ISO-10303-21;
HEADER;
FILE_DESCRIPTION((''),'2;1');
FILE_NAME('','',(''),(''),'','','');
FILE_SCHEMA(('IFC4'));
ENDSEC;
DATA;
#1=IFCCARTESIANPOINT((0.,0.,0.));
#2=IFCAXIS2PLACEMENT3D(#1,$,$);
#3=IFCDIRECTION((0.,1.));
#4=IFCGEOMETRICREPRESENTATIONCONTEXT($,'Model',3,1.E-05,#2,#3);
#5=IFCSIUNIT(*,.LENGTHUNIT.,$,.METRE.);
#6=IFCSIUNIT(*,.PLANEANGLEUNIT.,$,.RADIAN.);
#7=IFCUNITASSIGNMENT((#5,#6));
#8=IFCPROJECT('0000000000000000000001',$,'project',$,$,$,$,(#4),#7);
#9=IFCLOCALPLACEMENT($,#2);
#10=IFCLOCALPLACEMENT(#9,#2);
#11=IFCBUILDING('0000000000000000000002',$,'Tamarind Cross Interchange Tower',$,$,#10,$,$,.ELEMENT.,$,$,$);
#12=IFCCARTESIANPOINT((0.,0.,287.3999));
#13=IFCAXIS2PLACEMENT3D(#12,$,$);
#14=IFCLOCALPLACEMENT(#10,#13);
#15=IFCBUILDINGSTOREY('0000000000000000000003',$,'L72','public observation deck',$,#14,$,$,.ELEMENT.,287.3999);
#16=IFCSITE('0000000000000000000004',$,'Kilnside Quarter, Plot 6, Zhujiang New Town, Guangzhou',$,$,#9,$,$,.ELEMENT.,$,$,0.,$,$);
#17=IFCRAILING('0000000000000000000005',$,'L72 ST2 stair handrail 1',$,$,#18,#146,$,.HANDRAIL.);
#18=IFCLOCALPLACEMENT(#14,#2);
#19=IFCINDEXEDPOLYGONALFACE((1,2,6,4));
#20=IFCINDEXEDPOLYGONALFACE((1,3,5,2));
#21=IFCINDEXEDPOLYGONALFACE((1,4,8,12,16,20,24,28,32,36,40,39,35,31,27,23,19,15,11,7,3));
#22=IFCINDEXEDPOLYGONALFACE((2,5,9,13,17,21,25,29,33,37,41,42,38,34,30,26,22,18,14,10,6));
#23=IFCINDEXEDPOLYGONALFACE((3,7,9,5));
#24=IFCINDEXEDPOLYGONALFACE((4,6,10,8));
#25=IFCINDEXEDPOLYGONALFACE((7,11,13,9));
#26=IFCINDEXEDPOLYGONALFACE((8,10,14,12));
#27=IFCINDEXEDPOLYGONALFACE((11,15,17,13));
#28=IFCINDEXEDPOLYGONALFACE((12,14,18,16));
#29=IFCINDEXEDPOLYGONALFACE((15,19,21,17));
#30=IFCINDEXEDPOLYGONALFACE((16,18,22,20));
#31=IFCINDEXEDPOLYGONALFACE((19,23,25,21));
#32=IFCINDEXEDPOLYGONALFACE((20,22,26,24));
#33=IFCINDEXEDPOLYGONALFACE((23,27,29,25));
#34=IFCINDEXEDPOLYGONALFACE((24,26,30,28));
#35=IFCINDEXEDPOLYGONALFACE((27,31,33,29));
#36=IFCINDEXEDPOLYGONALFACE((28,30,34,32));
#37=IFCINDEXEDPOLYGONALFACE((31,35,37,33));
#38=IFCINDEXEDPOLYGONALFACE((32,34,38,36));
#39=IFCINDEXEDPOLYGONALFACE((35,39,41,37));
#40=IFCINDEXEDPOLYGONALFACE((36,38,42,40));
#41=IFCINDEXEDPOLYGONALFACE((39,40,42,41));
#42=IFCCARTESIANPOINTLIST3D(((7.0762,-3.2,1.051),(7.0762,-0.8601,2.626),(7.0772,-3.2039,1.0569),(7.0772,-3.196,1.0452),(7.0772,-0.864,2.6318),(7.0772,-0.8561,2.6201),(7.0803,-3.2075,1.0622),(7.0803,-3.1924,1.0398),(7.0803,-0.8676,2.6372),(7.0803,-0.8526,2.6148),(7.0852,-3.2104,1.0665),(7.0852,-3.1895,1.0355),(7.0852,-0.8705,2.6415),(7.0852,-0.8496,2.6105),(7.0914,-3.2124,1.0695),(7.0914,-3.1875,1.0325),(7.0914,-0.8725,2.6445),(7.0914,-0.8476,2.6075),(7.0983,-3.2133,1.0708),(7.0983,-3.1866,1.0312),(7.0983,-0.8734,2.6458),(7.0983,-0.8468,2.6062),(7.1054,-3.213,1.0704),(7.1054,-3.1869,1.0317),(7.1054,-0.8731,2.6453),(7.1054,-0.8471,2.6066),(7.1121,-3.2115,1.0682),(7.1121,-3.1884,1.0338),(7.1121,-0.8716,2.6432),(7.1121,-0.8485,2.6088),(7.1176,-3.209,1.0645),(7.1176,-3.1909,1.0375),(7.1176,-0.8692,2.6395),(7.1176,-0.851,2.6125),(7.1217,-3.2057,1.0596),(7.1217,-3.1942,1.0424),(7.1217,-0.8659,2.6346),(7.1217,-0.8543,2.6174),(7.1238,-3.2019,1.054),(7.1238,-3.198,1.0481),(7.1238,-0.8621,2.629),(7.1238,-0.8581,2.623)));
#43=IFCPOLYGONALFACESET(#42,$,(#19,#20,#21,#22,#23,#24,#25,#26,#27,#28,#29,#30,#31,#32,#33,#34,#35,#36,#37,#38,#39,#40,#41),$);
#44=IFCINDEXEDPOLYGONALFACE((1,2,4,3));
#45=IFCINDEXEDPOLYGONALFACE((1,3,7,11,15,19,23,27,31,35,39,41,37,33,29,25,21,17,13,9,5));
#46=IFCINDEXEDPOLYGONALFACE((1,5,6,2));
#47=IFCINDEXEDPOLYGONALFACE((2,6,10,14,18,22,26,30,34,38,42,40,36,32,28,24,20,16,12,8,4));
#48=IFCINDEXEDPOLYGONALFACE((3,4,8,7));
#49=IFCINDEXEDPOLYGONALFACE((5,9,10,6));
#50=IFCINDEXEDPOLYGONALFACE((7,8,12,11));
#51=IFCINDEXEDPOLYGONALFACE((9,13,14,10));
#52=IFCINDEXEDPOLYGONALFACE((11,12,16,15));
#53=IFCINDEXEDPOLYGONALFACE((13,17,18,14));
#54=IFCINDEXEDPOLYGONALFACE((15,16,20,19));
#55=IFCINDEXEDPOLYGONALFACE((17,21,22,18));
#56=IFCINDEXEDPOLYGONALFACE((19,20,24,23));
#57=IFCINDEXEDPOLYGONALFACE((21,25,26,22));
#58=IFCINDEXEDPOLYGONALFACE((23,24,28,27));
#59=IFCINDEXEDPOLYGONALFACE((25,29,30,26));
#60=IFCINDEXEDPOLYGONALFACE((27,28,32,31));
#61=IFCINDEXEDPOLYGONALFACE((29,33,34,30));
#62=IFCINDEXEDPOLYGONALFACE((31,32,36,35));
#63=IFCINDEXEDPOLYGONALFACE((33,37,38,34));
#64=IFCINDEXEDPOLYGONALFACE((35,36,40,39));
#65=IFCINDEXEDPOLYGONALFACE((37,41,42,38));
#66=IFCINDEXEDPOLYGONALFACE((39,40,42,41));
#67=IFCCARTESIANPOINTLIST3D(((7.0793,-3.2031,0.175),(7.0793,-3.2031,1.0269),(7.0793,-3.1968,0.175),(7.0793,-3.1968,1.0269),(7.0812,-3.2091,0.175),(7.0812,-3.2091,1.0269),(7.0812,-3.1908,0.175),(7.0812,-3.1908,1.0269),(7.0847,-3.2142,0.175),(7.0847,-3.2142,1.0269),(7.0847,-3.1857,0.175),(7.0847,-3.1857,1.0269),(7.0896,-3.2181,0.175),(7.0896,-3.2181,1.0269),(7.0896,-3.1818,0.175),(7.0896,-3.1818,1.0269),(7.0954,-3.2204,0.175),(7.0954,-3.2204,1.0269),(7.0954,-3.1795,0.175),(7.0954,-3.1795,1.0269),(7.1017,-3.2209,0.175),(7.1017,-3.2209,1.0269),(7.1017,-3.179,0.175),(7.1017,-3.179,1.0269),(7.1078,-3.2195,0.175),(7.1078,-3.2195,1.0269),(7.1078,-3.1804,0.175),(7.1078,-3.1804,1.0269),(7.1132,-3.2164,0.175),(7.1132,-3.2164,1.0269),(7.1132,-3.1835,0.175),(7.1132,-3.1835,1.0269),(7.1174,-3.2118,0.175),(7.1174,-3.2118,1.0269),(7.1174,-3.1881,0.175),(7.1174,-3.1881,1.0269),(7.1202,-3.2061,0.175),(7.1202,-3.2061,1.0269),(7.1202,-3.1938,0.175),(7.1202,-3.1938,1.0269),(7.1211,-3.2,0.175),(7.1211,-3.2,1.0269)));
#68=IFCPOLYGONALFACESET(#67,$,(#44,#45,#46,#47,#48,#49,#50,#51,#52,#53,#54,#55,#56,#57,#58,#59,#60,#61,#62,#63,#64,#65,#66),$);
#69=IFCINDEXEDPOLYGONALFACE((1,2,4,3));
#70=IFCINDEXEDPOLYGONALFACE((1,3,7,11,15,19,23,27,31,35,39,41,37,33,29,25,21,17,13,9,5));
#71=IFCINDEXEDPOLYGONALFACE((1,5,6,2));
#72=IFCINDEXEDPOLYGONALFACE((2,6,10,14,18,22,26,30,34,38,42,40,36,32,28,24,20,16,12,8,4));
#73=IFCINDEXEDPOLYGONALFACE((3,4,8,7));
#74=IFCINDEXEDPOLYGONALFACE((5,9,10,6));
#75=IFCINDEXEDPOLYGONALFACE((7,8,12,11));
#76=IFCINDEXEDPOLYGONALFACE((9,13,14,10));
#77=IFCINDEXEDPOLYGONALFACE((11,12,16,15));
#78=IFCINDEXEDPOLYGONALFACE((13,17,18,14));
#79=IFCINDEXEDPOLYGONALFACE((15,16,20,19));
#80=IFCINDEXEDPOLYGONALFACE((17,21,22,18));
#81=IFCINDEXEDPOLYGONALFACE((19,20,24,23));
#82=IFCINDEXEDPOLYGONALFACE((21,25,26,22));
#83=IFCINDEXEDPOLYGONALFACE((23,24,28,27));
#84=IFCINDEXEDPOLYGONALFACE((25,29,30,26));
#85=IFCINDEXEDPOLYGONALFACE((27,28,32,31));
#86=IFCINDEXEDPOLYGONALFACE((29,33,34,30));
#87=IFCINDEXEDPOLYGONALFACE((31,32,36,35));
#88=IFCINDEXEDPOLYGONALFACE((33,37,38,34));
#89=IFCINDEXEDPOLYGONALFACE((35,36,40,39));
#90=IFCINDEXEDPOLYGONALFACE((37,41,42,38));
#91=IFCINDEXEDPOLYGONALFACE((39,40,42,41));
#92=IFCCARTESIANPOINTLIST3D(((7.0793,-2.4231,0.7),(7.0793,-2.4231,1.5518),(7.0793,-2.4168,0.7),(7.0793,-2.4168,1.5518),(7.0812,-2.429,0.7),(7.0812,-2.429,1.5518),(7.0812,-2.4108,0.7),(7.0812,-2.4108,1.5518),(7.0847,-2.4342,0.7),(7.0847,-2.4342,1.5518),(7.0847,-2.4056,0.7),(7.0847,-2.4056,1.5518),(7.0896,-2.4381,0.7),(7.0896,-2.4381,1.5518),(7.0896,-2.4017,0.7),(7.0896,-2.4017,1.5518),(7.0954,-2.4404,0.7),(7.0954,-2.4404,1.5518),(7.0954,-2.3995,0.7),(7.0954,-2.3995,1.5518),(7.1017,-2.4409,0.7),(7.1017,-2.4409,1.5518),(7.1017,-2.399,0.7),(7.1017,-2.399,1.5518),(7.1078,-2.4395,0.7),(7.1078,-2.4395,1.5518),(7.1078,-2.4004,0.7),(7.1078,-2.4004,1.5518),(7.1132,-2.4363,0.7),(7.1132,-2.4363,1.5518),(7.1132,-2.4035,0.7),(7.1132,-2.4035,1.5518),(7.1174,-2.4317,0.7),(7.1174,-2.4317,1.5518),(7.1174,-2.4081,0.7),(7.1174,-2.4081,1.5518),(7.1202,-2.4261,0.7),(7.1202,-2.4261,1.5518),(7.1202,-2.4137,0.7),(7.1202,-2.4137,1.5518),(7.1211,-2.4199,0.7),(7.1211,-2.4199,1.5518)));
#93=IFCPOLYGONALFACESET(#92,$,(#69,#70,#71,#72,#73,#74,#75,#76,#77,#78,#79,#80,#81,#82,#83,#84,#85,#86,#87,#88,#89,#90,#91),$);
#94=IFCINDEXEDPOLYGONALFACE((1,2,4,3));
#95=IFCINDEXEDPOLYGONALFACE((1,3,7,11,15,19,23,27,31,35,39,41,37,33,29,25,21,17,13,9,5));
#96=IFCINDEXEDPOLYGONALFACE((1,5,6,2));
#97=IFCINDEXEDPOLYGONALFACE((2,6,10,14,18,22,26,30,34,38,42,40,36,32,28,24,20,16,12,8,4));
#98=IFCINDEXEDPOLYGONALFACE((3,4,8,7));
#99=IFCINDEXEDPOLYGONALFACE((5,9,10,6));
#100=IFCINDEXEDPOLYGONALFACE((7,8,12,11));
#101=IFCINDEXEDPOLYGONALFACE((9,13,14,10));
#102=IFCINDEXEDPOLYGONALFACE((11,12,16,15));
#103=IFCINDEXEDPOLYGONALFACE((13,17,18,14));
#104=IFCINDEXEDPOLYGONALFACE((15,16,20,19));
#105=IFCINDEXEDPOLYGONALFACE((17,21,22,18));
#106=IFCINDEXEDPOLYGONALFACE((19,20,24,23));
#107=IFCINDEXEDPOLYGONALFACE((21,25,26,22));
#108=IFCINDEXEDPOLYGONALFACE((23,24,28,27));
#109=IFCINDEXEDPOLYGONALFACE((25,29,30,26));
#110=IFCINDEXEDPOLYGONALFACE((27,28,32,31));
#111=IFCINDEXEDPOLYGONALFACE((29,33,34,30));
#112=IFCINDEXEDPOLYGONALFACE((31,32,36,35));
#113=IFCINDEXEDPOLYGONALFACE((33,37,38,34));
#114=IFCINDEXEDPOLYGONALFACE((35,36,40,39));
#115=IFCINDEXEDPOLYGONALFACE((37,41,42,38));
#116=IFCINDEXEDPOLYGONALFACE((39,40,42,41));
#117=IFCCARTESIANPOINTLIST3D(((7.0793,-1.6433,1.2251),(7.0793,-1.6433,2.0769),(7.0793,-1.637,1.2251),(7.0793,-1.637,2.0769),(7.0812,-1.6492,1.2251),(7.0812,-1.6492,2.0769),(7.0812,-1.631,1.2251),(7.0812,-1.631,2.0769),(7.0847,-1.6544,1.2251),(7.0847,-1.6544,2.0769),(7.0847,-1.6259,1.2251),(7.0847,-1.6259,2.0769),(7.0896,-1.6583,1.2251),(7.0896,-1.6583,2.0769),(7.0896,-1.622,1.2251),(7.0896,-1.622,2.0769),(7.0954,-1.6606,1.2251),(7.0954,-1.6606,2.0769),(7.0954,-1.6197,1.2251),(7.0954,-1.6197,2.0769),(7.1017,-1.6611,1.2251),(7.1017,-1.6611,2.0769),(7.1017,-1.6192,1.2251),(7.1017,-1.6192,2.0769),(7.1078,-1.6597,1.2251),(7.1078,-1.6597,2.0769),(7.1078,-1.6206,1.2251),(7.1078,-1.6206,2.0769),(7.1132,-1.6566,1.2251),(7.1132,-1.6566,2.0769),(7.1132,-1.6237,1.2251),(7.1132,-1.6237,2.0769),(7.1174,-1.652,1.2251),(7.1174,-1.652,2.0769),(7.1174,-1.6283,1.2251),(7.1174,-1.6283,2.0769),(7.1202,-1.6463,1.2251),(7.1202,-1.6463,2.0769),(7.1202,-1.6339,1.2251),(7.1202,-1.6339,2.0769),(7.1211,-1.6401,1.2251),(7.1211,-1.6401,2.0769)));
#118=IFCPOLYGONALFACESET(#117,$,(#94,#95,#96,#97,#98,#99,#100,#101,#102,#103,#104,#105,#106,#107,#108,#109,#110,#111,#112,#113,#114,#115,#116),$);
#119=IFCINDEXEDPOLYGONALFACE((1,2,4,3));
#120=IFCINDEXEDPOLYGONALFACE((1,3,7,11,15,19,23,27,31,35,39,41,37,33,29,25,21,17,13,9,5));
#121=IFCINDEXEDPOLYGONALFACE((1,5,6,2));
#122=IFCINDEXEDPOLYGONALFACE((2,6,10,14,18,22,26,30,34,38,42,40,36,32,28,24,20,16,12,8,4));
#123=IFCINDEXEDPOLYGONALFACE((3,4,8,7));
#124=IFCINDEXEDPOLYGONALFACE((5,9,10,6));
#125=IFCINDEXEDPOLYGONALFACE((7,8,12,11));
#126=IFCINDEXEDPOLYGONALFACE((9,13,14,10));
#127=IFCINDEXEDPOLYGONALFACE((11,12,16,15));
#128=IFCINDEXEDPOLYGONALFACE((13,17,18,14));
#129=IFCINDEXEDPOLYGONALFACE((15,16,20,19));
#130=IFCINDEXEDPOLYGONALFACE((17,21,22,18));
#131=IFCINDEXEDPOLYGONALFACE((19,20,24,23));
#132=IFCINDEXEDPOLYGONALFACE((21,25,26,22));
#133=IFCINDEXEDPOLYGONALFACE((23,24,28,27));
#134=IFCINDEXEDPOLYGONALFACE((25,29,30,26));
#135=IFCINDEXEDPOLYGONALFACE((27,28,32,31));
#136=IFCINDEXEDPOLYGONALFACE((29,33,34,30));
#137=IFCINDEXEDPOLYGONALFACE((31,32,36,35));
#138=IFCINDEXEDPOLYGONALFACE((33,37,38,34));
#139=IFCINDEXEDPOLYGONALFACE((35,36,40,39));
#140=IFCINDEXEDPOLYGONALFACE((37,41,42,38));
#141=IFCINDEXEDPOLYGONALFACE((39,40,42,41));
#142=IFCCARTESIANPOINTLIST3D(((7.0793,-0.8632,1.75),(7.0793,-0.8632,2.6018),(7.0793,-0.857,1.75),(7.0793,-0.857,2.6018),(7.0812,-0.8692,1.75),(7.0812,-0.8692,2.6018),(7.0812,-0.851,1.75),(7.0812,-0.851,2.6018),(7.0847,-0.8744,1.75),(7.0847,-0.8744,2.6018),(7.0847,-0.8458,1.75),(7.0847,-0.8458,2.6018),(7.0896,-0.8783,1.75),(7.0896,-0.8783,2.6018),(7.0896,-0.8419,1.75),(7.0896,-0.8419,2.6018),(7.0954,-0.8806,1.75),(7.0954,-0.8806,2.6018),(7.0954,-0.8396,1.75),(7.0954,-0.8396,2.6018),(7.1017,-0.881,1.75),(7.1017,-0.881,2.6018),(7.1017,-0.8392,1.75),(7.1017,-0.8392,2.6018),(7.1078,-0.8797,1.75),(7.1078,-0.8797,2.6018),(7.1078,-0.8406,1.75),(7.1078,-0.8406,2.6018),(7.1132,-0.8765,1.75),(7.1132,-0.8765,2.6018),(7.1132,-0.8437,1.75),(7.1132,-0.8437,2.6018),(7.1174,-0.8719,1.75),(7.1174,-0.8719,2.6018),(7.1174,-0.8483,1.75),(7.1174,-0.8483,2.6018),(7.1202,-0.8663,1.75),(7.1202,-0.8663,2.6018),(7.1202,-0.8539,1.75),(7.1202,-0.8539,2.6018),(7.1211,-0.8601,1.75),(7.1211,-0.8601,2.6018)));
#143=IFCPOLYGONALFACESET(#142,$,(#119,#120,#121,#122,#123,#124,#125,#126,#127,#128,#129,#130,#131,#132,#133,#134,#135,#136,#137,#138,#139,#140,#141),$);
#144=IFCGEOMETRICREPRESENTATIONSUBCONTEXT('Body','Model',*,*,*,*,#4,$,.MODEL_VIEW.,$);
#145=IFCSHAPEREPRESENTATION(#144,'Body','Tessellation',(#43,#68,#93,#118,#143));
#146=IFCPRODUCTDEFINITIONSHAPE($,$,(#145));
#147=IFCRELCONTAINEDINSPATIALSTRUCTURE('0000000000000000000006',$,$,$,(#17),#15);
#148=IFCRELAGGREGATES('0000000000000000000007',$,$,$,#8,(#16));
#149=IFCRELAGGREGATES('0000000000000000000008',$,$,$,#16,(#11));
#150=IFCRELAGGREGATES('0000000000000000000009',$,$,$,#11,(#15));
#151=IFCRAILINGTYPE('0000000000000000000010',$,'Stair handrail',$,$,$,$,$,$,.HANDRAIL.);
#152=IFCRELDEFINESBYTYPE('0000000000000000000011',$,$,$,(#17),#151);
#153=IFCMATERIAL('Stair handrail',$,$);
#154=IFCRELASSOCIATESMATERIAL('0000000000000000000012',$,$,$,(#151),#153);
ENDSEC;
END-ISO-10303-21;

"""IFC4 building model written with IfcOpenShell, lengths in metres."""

from ifc_helpers import new_model, si_unit, direction, frame, origin, origin_2d, place, context, subcontext, project, spatial, circle, extrude, material, type_object, element, save


model = new_model("IFC4")

# Units and contexts
model_context = context("Model", 3, precision=1e-05, world=origin(), true_north=direction((0.0, 1.0)))
body_context = subcontext(model_context, "Body", "Model", "MODEL_VIEW")
ifc_project = project(units=[si_unit("LENGTHUNIT", "METRE"), si_unit("PLANEANGLEUNIT", "RADIAN")], contexts=[model_context])

# Site, building, storey
site_placement = place(None, origin())
site = spatial("IfcSite", under=ifc_project, at=site_placement, Name="Kilnside Quarter, Plot 6, Zhujiang New Town, Guangzhou", CompositionType="ELEMENT", RefElevation=0.0)
building_placement = place(site_placement, origin())
building = spatial("IfcBuilding", under=site, at=building_placement, Name="Tamarind Cross Interchange Tower", CompositionType="ELEMENT")
storey_placement = place(building_placement, frame((0.0, 0.0, 287.3999)))
storey = spatial("IfcBuildingStorey", under=building, at=storey_placement, Name="L72", Description="public observation deck", CompositionType="ELEMENT", Elevation=287.3999)

# Railing
ifc_material_1 = material(Name="Stair handrail")
railing_type_1 = type_object("IfcRailingType", Name="Stair handrail", PredefinedType="HANDRAIL", material=ifc_material_1)
railing_1_placement = place(storey_placement, frame((7.1001, -3.2, 0.175)))
element("IfcRailing", 1, at=railing_1_placement, inside=storey, type_object=railing_type_1, Name="L72 ST2 stair handrail 1", PredefinedType="HANDRAIL", context=body_context, shape_type="SweptSolid", body=[
    extrude(circle(Radius=0.0239, at=origin_2d()), frame((0.0, 0.0, 0.876), z_axis=(0.0, 0.829578, 0.55839), x_axis=(-1.0, 0.0, 0.0)), (0.0, 0.0, 1.0), 2.8206),
    extrude(circle(Radius=0.021, at=origin_2d()), origin(), (0.0, 0.0, 1.0), 0.8518),
    extrude(circle(Radius=0.021, at=origin_2d()), frame((0.0, 0.78, 0.5249)), (0.0, 0.0, 1.0), 0.8518),
    extrude(circle(Radius=0.021, at=origin_2d()), frame((0.0, 1.5598, 1.05)), (0.0, 0.0, 1.0), 0.8518),
    extrude(circle(Radius=0.021, at=origin_2d()), frame((0.0, 2.3398, 1.575)), (0.0, 0.0, 1.0), 0.8518),
])

save(model, "model.ifc")
